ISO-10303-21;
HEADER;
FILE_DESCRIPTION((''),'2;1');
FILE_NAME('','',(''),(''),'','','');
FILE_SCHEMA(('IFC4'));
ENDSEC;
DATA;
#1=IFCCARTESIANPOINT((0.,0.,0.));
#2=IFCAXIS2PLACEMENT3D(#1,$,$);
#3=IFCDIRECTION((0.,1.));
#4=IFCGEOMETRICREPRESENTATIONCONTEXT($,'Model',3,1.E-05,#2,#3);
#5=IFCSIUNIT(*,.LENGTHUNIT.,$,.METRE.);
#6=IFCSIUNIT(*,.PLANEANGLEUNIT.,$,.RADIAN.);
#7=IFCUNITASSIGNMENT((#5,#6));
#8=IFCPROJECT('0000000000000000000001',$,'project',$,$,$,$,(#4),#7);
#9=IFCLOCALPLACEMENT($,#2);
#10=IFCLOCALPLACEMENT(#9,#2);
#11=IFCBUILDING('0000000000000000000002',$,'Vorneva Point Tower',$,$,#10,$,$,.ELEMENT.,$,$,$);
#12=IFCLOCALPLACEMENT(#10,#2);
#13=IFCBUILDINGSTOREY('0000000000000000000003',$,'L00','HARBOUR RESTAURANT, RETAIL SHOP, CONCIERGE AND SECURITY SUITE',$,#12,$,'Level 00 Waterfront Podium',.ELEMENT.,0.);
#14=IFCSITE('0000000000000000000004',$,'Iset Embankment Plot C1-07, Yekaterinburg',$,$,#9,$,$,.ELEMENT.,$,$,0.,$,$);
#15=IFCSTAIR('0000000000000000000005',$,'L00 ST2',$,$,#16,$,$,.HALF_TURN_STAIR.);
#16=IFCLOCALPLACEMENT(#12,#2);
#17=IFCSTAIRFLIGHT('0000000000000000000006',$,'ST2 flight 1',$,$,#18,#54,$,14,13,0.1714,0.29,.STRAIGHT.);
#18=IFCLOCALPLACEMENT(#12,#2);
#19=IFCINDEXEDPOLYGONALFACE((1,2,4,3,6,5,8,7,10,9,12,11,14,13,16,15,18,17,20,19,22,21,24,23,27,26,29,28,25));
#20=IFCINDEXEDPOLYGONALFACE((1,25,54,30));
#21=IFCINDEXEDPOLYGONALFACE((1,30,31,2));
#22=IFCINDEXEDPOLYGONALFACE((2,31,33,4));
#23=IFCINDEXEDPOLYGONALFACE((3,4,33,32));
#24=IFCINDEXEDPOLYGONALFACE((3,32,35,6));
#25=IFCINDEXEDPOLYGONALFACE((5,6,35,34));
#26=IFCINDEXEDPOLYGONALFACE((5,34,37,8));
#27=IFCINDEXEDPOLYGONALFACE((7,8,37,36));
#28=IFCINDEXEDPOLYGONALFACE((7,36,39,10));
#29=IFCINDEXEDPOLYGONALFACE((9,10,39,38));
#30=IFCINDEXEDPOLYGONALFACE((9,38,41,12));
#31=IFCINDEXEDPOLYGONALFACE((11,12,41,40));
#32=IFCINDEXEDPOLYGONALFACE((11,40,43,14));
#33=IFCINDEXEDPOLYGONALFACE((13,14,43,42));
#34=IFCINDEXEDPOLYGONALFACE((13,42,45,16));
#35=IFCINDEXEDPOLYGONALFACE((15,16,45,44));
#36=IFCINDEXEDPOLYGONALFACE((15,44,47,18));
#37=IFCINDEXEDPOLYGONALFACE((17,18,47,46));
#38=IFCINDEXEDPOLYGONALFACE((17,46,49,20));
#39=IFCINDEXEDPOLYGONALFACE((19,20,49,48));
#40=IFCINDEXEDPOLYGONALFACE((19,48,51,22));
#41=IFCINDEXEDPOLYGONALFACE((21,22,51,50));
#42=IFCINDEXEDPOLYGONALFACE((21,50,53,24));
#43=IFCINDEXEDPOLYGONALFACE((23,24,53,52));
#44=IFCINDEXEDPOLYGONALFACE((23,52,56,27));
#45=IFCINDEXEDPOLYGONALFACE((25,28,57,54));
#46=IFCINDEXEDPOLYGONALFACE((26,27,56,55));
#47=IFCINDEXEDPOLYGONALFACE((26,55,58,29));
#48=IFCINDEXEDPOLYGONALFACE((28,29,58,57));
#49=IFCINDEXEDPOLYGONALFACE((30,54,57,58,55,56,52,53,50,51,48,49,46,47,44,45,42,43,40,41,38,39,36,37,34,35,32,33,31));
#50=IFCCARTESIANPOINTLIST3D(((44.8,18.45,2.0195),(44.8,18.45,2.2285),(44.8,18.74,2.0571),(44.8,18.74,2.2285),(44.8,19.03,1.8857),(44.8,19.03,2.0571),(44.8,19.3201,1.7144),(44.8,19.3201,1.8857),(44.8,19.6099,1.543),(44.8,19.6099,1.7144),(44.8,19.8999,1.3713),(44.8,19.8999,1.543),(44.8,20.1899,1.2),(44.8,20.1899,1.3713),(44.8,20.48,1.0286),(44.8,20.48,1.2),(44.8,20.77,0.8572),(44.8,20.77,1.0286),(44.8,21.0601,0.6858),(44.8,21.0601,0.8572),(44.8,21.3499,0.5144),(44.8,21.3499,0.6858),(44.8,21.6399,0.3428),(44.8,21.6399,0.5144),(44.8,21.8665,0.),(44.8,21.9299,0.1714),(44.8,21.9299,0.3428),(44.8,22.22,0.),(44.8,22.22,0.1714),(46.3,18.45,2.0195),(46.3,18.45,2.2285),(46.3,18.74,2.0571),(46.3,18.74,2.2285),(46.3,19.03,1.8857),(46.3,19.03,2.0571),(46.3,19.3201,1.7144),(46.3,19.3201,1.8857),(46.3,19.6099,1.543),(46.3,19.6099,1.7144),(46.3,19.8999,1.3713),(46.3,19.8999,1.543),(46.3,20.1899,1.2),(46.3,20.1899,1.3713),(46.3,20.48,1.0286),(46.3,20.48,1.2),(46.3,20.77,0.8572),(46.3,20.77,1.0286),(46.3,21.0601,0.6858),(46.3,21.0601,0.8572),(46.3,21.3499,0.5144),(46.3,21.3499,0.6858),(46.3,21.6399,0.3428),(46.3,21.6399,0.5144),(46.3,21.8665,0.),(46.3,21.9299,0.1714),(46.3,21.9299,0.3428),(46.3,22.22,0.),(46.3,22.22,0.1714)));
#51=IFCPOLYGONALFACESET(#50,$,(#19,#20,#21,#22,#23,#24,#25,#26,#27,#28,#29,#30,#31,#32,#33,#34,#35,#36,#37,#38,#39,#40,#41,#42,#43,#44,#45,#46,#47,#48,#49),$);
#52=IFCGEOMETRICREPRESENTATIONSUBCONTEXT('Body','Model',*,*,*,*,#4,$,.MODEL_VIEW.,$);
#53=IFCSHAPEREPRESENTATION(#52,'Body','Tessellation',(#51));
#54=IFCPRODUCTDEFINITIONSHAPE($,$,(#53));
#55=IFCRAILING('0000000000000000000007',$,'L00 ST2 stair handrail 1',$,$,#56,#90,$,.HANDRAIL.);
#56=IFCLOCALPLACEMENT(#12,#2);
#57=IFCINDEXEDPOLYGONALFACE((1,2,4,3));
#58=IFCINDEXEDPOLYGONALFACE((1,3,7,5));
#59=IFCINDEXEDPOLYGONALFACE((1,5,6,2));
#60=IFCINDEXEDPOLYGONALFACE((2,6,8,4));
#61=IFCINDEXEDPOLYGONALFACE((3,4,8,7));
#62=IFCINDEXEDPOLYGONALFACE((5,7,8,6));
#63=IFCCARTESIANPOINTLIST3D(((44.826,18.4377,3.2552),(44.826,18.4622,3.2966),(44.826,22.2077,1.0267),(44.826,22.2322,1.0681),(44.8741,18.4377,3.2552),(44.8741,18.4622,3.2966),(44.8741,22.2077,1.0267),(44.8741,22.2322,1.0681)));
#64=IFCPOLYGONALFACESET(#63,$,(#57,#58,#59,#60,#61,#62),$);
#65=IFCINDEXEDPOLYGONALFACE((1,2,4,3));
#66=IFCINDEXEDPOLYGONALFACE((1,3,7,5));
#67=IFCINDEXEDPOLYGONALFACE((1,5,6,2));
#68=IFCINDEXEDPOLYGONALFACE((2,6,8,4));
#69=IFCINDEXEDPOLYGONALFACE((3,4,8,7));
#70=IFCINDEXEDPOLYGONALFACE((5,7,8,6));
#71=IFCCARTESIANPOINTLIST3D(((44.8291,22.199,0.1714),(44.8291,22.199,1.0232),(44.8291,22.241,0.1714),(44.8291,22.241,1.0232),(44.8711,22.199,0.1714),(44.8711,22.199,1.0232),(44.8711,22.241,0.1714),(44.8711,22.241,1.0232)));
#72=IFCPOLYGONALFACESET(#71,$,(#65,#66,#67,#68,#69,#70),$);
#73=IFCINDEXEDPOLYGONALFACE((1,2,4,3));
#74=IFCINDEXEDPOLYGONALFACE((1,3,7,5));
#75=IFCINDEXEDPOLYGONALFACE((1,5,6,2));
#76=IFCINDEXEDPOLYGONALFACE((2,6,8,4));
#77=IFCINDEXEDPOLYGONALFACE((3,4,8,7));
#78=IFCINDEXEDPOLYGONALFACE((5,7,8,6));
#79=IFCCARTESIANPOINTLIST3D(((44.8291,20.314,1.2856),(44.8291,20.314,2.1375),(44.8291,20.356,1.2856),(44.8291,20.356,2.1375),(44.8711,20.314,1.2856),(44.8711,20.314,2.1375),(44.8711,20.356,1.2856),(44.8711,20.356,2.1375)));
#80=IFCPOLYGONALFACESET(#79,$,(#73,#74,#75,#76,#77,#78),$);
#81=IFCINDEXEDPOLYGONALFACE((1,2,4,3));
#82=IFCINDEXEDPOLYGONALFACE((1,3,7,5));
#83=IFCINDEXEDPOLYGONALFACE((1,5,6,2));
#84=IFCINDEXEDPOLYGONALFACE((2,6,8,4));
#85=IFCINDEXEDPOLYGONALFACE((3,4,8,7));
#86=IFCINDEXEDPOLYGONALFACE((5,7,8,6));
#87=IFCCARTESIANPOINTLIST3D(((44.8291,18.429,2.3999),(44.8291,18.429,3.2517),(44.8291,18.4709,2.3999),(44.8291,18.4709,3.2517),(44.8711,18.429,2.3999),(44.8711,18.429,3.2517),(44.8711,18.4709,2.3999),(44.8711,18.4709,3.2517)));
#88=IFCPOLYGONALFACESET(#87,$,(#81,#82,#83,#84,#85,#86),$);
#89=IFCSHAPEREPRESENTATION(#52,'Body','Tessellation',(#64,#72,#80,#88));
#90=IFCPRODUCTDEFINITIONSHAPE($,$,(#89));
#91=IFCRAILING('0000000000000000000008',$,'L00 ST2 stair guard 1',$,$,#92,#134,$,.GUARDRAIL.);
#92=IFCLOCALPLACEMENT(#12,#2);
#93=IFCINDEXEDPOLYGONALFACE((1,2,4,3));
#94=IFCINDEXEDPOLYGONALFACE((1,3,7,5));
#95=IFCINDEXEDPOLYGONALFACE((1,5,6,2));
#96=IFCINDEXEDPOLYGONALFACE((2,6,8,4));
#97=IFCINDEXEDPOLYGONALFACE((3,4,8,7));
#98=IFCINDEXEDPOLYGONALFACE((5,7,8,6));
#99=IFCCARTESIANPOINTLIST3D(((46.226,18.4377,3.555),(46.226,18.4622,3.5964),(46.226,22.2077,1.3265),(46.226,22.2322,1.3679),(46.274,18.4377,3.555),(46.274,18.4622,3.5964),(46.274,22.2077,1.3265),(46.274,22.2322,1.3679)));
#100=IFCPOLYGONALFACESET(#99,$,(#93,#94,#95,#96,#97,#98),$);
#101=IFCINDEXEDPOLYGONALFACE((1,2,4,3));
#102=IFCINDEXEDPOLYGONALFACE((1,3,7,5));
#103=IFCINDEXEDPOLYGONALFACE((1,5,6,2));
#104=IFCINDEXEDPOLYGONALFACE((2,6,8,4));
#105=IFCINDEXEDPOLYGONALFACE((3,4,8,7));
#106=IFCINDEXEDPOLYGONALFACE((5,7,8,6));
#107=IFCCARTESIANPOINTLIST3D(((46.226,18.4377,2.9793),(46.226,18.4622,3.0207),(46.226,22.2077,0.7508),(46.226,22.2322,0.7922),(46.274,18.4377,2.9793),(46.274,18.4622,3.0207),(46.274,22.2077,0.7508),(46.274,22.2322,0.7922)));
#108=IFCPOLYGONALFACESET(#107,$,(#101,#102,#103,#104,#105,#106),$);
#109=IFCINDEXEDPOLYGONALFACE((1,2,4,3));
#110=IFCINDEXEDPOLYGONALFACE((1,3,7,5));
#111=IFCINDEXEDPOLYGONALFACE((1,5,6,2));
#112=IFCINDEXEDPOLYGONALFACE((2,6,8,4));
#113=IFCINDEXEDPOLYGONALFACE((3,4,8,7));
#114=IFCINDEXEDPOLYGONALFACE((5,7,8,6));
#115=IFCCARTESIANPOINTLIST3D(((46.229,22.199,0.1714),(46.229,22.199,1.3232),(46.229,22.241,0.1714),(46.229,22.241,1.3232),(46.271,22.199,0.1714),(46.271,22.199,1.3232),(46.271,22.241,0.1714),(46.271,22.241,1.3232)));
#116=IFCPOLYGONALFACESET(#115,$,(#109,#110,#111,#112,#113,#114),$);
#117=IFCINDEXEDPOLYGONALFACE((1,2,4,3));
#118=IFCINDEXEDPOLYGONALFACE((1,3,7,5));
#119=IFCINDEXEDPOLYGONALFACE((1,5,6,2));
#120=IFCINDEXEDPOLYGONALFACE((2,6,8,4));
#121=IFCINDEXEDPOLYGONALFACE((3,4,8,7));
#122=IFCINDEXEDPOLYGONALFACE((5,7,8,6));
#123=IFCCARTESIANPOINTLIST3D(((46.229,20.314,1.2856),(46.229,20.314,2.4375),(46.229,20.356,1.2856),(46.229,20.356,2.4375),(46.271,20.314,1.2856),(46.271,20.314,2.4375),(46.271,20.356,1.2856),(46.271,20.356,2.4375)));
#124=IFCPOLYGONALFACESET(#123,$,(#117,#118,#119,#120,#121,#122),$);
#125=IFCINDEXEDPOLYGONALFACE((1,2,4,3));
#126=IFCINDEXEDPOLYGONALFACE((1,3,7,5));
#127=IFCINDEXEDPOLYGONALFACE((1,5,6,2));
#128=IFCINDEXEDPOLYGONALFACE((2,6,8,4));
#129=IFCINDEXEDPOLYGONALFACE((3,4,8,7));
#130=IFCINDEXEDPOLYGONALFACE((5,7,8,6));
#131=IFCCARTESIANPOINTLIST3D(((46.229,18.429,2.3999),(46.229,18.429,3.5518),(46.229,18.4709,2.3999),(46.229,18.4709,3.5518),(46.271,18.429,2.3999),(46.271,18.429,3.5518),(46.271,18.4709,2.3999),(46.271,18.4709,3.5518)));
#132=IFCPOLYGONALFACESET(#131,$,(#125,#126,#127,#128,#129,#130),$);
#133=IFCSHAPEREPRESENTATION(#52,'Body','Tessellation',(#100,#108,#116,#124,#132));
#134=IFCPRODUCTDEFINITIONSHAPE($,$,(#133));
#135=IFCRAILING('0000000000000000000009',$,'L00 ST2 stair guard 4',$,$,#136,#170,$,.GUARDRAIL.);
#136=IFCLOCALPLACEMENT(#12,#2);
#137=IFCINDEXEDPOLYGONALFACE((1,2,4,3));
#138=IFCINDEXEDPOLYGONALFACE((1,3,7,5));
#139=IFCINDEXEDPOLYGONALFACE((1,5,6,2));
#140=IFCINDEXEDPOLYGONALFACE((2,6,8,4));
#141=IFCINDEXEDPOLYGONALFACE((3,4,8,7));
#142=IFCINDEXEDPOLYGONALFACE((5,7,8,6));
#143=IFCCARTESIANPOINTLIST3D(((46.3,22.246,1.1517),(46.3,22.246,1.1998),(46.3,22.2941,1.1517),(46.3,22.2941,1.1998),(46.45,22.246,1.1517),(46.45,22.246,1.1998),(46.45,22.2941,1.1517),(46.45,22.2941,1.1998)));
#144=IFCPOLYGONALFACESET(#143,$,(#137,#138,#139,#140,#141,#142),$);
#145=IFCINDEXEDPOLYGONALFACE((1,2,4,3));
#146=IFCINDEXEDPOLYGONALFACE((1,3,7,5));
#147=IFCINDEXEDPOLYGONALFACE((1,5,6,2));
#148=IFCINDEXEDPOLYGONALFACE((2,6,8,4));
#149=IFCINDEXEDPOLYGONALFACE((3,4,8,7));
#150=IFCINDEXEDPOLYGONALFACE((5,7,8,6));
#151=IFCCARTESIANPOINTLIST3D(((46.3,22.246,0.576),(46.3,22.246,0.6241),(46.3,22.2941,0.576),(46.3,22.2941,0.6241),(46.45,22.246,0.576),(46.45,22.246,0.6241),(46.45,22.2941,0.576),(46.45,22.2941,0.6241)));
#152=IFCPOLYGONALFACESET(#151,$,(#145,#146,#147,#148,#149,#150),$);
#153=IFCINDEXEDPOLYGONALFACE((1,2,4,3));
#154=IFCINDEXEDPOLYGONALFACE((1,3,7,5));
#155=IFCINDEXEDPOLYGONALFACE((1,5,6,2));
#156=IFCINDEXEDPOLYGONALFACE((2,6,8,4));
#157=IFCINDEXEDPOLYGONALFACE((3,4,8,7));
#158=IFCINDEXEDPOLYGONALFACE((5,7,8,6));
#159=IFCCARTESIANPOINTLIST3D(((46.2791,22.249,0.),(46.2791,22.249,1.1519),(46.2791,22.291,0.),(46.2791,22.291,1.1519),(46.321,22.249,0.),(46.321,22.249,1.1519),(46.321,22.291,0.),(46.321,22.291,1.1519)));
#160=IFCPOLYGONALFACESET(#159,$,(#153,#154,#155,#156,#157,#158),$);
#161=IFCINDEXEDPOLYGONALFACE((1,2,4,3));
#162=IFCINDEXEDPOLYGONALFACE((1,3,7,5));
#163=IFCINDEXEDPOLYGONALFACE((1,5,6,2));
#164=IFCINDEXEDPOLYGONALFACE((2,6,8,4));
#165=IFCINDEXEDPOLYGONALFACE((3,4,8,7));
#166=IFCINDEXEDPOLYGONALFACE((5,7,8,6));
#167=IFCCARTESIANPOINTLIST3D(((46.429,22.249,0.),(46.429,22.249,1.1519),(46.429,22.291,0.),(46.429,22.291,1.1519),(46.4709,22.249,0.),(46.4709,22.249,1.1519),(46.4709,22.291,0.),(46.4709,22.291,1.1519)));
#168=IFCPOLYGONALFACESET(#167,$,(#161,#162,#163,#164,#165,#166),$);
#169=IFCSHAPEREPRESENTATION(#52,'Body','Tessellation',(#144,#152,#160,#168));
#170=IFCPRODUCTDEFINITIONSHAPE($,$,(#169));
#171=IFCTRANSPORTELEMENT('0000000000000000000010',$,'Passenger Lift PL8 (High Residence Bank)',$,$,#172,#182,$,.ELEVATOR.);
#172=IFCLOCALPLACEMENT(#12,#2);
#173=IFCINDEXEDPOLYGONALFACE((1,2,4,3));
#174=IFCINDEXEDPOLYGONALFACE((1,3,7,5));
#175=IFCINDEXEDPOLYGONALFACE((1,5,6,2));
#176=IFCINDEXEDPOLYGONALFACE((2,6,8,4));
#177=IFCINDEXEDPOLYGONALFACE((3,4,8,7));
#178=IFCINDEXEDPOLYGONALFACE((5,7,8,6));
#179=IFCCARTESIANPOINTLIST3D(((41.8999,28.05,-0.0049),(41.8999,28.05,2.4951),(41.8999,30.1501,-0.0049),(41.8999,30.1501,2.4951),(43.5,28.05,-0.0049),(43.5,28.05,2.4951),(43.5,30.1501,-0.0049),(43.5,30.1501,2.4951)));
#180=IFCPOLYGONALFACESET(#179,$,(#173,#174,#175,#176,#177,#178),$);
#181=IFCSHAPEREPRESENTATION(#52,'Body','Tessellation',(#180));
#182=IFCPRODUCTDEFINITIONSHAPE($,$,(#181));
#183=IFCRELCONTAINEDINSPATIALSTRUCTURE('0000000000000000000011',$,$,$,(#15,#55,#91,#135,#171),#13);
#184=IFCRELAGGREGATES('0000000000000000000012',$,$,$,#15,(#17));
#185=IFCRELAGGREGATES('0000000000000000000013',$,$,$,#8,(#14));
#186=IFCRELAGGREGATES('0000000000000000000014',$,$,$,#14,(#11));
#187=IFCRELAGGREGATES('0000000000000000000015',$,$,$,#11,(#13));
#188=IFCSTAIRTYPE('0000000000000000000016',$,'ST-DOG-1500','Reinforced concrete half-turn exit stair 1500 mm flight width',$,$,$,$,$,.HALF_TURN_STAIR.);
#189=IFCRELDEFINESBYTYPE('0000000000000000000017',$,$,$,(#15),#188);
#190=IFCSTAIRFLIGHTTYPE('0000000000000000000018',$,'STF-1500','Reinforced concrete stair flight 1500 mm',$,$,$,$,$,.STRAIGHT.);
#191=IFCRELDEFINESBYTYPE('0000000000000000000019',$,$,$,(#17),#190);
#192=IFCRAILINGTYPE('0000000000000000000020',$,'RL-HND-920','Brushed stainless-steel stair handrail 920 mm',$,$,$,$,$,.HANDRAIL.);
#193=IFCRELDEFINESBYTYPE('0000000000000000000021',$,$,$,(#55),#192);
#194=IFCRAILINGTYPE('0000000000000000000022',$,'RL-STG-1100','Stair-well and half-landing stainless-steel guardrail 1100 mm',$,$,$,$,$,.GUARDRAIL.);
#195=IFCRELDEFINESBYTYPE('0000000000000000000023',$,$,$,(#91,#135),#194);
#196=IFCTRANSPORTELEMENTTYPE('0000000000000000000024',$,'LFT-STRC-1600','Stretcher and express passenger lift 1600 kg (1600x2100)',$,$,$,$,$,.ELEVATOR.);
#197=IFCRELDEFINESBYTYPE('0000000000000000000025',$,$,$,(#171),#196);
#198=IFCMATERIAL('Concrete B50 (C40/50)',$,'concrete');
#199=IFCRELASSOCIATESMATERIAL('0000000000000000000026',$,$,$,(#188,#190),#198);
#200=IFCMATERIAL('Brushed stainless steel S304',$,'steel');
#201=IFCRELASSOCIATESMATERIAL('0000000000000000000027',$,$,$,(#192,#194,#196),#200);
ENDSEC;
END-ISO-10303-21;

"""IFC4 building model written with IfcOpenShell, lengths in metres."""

from ifc_helpers import new_model, si_unit, direction, frame, origin, origin_2d, place, context, subcontext, project, spatial, polyline, rectangle, outline, extrude, material, type_object, element, aggregate, save


model = new_model("IFC4")

# Units and contexts
model_context = context("Model", 3, precision=1e-05, world=origin(), true_north=direction((0.0, 1.0)))
body_context = subcontext(model_context, "Body", "Model", "MODEL_VIEW")
ifc_project = project(units=[si_unit("LENGTHUNIT", "METRE"), si_unit("PLANEANGLEUNIT", "RADIAN")], contexts=[model_context])

# Site, building, storey
site_placement = place(None, origin())
site = spatial("IfcSite", under=ifc_project, at=site_placement, Name="Iset Embankment Plot C1-07, Yekaterinburg", CompositionType="ELEMENT", RefElevation=0.0)
building_placement = place(site_placement, origin())
building = spatial("IfcBuilding", under=site, at=building_placement, Name="Vorneva Point Tower", CompositionType="ELEMENT")
storey_placement = place(building_placement, origin())
storey = spatial("IfcBuildingStorey", under=building, at=storey_placement, Name="L00", Description="HARBOUR RESTAURANT, RETAIL SHOP, CONCIERGE AND SECURITY SUITE", LongName="Level 00 Waterfront Podium", CompositionType="ELEMENT", Elevation=0.0)

# Shared definitions
ifc_material_1 = material(Name="Brushed stainless steel S304", Category="steel")

# Shared definitions
ifc_material_2 = material(Name="Concrete B50 (C40/50)", Category="concrete")

# Stair, stair flight
stair_type = type_object("IfcStairType", Name="ST-DOG-1500", Description="Reinforced concrete half-turn exit stair 1500 mm flight width", PredefinedType="HALF_TURN_STAIR", material=ifc_material_2)
stair_placement = place(storey_placement, origin())
stair = element("IfcStair", 1, at=stair_placement, inside=storey, type_object=stair_type, Name="L00 ST2", PredefinedType="HALF_TURN_STAIR")
stair_flight_type = type_object("IfcStairFlightType", Name="STF-1500", Description="Reinforced concrete stair flight 1500 mm", PredefinedType="STRAIGHT", material=ifc_material_2)
stair_flight_placement = place(storey_placement, frame((45.55, 22.22, 0.0), z_axis=(0.0, 0.0, 1.0), x_axis=(0.0, -1.0, 0.0)))
stair_flight = element("IfcStairFlight", 2, at=stair_flight_placement, type_object=stair_flight_type, Name="ST2 flight 1", NumberOfRisers=14, NumberOfTreads=13, PredefinedType="STRAIGHT", RiserHeight=0.1714, TreadLength=0.29, context=body_context, shape_type="SweptSolid", body=[
    extrude(outline(polyline([(0.0, 0.0), (0.0, 0.1714), (0.29, 0.1714), (0.29, 0.3428), (0.5801, 0.3428), (0.5801, 0.5144), (0.8701, 0.5144), (0.8701, 0.6858), (1.1599, 0.6858), (1.1599, 0.8572), (1.45, 0.8572), (1.45, 1.0286), (1.74, 1.0286), (1.74, 1.2), (2.03, 1.2), (2.03, 1.3713), (2.3201, 1.3713), (2.3201, 1.543), (2.6101, 1.543), (2.6101, 1.7144), (2.8999, 1.7144), (2.8999, 1.8857), (3.1899, 1.8857), (3.1899, 2.0571), (3.48, 2.0571), (3.48, 2.2285), (3.77, 2.2285), (3.77, 2.3999), (3.77, 2.0195), (0.3535, 0.0), (0.0, 0.0)])), frame((0.0, 0.75, 0.0), z_axis=(0.0, -1.0, 0.0), x_axis=(1.0, 0.0, 0.0)), (0.0, 0.0, 1.0), 1.5),
])
aggregate(stair, [stair_flight])

# Railings
railing_type_1 = type_object("IfcRailingType", Name="RL-HND-920", Description="Brushed stainless-steel stair handrail 920 mm", PredefinedType="HANDRAIL", material=ifc_material_1)
railing_1_placement = place(storey_placement, frame((44.8501, 22.22, 0.1714)))
element("IfcRailing", 3, at=railing_1_placement, inside=storey, type_object=railing_type_1, Name="L00 ST2 stair handrail 1", PredefinedType="HANDRAIL", context=body_context, shape_type="SweptSolid", body=[
    extrude(rectangle(XDim=0.0481, YDim=0.0481, at=origin_2d()), frame((0.0, 0.0, 0.876), z_axis=(0.0, -0.860849, 0.508861), x_axis=(1.0, 0.0, 0.0)), (0.0, 0.0, 1.0), 4.3794),
    extrude(rectangle(XDim=0.042, YDim=0.042, at=origin_2d()), origin(), (0.0, 0.0, 1.0), 0.8518),
    extrude(rectangle(XDim=0.042, YDim=0.042, at=origin_2d()), frame((0.0, -1.885, 1.1143)), (0.0, 0.0, 1.0), 0.8518),
    extrude(rectangle(XDim=0.042, YDim=0.042, at=origin_2d()), frame((0.0, -3.77, 2.2285)), (0.0, 0.0, 1.0), 0.8518),
])
railing_type_2 = type_object("IfcRailingType", Name="RL-STG-1100", Description="Stair-well and half-landing stainless-steel guardrail 1100 mm", PredefinedType="GUARDRAIL", material=ifc_material_1)
railing_2_placement = place(storey_placement, frame((46.25, 22.22, 0.1714)))
element("IfcRailing", 4, at=railing_2_placement, inside=storey, type_object=railing_type_2, Name="L00 ST2 stair guard 1", PredefinedType="GUARDRAIL", context=body_context, shape_type="SweptSolid", body=[
    extrude(rectangle(XDim=0.0481, YDim=0.0481, at=origin_2d()), frame((0.0, 0.0, 1.1758), z_axis=(0.0, -0.860849, 0.508861), x_axis=(1.0, 0.0, 0.0)), (0.0, 0.0, 1.0), 4.3794),
    extrude(rectangle(XDim=0.0481, YDim=0.0481, at=origin_2d()), frame((0.0, 0.0, 0.6001), z_axis=(0.0, -0.860849, 0.508861), x_axis=(1.0, 0.0, 0.0)), (0.0, 0.0, 1.0), 4.3794),
    extrude(rectangle(XDim=0.042, YDim=0.042, at=origin_2d()), origin(), (0.0, 0.0, 1.0), 1.1519),
    extrude(rectangle(XDim=0.042, YDim=0.042, at=origin_2d()), frame((0.0, -1.885, 1.1143)), (0.0, 0.0, 1.0), 1.1519),
    extrude(rectangle(XDim=0.042, YDim=0.042, at=origin_2d()), frame((0.0, -3.77, 2.2285)), (0.0, 0.0, 1.0), 1.1519),
])
railing_3_placement = place(storey_placement, frame((46.3, 22.27, 0.0)))
element("IfcRailing", 5, at=railing_3_placement, inside=storey, type_object=railing_type_2, Name="L00 ST2 stair guard 4", PredefinedType="GUARDRAIL", context=body_context, shape_type="SweptSolid", body=[
    extrude(rectangle(XDim=0.0481, YDim=0.0481, at=origin_2d()), frame((0.0, 0.0, 1.1758), z_axis=(1.0, 0.0, 0.0), x_axis=(0.0, 1.0, 0.0)), (0.0, 0.0, 1.0), 0.1499),
    extrude(rectangle(XDim=0.0481, YDim=0.0481, at=origin_2d()), frame((0.0, 0.0, 0.6001), z_axis=(1.0, 0.0, 0.0), x_axis=(0.0, 1.0, 0.0)), (0.0, 0.0, 1.0), 0.1499),
    extrude(rectangle(XDim=0.042, YDim=0.042, at=origin_2d()), origin(), (0.0, 0.0, 1.0), 1.1519),
    extrude(rectangle(XDim=0.042, YDim=0.042, at=origin_2d()), frame((0.1499, 0.0, 0.0)), (0.0, 0.0, 1.0), 1.1519),
])

# Transport element
transport_element_type = type_object("IfcTransportElementType", Name="LFT-STRC-1600", Description="Stretcher and express passenger lift 1600 kg (1600x2100)", PredefinedType="ELEVATOR", material=ifc_material_1)
transport_element_placement = place(storey_placement, frame((42.7, 29.1001, -0.0049), z_axis=(0.0, 0.0, 1.0), x_axis=(1.0, 0.0, 0.0)))
element("IfcTransportElement", 6, at=transport_element_placement, inside=storey, type_object=transport_element_type, Name="Passenger Lift PL8 (High Residence Bank)", PredefinedType="ELEVATOR", context=body_context, shape_type="SweptSolid", body=[
    extrude(rectangle(XDim=1.6001, YDim=2.1001, at=origin_2d()), origin(), (0.0, 0.0, 1.0), 2.5),
])

save(model, "model.ifc")
